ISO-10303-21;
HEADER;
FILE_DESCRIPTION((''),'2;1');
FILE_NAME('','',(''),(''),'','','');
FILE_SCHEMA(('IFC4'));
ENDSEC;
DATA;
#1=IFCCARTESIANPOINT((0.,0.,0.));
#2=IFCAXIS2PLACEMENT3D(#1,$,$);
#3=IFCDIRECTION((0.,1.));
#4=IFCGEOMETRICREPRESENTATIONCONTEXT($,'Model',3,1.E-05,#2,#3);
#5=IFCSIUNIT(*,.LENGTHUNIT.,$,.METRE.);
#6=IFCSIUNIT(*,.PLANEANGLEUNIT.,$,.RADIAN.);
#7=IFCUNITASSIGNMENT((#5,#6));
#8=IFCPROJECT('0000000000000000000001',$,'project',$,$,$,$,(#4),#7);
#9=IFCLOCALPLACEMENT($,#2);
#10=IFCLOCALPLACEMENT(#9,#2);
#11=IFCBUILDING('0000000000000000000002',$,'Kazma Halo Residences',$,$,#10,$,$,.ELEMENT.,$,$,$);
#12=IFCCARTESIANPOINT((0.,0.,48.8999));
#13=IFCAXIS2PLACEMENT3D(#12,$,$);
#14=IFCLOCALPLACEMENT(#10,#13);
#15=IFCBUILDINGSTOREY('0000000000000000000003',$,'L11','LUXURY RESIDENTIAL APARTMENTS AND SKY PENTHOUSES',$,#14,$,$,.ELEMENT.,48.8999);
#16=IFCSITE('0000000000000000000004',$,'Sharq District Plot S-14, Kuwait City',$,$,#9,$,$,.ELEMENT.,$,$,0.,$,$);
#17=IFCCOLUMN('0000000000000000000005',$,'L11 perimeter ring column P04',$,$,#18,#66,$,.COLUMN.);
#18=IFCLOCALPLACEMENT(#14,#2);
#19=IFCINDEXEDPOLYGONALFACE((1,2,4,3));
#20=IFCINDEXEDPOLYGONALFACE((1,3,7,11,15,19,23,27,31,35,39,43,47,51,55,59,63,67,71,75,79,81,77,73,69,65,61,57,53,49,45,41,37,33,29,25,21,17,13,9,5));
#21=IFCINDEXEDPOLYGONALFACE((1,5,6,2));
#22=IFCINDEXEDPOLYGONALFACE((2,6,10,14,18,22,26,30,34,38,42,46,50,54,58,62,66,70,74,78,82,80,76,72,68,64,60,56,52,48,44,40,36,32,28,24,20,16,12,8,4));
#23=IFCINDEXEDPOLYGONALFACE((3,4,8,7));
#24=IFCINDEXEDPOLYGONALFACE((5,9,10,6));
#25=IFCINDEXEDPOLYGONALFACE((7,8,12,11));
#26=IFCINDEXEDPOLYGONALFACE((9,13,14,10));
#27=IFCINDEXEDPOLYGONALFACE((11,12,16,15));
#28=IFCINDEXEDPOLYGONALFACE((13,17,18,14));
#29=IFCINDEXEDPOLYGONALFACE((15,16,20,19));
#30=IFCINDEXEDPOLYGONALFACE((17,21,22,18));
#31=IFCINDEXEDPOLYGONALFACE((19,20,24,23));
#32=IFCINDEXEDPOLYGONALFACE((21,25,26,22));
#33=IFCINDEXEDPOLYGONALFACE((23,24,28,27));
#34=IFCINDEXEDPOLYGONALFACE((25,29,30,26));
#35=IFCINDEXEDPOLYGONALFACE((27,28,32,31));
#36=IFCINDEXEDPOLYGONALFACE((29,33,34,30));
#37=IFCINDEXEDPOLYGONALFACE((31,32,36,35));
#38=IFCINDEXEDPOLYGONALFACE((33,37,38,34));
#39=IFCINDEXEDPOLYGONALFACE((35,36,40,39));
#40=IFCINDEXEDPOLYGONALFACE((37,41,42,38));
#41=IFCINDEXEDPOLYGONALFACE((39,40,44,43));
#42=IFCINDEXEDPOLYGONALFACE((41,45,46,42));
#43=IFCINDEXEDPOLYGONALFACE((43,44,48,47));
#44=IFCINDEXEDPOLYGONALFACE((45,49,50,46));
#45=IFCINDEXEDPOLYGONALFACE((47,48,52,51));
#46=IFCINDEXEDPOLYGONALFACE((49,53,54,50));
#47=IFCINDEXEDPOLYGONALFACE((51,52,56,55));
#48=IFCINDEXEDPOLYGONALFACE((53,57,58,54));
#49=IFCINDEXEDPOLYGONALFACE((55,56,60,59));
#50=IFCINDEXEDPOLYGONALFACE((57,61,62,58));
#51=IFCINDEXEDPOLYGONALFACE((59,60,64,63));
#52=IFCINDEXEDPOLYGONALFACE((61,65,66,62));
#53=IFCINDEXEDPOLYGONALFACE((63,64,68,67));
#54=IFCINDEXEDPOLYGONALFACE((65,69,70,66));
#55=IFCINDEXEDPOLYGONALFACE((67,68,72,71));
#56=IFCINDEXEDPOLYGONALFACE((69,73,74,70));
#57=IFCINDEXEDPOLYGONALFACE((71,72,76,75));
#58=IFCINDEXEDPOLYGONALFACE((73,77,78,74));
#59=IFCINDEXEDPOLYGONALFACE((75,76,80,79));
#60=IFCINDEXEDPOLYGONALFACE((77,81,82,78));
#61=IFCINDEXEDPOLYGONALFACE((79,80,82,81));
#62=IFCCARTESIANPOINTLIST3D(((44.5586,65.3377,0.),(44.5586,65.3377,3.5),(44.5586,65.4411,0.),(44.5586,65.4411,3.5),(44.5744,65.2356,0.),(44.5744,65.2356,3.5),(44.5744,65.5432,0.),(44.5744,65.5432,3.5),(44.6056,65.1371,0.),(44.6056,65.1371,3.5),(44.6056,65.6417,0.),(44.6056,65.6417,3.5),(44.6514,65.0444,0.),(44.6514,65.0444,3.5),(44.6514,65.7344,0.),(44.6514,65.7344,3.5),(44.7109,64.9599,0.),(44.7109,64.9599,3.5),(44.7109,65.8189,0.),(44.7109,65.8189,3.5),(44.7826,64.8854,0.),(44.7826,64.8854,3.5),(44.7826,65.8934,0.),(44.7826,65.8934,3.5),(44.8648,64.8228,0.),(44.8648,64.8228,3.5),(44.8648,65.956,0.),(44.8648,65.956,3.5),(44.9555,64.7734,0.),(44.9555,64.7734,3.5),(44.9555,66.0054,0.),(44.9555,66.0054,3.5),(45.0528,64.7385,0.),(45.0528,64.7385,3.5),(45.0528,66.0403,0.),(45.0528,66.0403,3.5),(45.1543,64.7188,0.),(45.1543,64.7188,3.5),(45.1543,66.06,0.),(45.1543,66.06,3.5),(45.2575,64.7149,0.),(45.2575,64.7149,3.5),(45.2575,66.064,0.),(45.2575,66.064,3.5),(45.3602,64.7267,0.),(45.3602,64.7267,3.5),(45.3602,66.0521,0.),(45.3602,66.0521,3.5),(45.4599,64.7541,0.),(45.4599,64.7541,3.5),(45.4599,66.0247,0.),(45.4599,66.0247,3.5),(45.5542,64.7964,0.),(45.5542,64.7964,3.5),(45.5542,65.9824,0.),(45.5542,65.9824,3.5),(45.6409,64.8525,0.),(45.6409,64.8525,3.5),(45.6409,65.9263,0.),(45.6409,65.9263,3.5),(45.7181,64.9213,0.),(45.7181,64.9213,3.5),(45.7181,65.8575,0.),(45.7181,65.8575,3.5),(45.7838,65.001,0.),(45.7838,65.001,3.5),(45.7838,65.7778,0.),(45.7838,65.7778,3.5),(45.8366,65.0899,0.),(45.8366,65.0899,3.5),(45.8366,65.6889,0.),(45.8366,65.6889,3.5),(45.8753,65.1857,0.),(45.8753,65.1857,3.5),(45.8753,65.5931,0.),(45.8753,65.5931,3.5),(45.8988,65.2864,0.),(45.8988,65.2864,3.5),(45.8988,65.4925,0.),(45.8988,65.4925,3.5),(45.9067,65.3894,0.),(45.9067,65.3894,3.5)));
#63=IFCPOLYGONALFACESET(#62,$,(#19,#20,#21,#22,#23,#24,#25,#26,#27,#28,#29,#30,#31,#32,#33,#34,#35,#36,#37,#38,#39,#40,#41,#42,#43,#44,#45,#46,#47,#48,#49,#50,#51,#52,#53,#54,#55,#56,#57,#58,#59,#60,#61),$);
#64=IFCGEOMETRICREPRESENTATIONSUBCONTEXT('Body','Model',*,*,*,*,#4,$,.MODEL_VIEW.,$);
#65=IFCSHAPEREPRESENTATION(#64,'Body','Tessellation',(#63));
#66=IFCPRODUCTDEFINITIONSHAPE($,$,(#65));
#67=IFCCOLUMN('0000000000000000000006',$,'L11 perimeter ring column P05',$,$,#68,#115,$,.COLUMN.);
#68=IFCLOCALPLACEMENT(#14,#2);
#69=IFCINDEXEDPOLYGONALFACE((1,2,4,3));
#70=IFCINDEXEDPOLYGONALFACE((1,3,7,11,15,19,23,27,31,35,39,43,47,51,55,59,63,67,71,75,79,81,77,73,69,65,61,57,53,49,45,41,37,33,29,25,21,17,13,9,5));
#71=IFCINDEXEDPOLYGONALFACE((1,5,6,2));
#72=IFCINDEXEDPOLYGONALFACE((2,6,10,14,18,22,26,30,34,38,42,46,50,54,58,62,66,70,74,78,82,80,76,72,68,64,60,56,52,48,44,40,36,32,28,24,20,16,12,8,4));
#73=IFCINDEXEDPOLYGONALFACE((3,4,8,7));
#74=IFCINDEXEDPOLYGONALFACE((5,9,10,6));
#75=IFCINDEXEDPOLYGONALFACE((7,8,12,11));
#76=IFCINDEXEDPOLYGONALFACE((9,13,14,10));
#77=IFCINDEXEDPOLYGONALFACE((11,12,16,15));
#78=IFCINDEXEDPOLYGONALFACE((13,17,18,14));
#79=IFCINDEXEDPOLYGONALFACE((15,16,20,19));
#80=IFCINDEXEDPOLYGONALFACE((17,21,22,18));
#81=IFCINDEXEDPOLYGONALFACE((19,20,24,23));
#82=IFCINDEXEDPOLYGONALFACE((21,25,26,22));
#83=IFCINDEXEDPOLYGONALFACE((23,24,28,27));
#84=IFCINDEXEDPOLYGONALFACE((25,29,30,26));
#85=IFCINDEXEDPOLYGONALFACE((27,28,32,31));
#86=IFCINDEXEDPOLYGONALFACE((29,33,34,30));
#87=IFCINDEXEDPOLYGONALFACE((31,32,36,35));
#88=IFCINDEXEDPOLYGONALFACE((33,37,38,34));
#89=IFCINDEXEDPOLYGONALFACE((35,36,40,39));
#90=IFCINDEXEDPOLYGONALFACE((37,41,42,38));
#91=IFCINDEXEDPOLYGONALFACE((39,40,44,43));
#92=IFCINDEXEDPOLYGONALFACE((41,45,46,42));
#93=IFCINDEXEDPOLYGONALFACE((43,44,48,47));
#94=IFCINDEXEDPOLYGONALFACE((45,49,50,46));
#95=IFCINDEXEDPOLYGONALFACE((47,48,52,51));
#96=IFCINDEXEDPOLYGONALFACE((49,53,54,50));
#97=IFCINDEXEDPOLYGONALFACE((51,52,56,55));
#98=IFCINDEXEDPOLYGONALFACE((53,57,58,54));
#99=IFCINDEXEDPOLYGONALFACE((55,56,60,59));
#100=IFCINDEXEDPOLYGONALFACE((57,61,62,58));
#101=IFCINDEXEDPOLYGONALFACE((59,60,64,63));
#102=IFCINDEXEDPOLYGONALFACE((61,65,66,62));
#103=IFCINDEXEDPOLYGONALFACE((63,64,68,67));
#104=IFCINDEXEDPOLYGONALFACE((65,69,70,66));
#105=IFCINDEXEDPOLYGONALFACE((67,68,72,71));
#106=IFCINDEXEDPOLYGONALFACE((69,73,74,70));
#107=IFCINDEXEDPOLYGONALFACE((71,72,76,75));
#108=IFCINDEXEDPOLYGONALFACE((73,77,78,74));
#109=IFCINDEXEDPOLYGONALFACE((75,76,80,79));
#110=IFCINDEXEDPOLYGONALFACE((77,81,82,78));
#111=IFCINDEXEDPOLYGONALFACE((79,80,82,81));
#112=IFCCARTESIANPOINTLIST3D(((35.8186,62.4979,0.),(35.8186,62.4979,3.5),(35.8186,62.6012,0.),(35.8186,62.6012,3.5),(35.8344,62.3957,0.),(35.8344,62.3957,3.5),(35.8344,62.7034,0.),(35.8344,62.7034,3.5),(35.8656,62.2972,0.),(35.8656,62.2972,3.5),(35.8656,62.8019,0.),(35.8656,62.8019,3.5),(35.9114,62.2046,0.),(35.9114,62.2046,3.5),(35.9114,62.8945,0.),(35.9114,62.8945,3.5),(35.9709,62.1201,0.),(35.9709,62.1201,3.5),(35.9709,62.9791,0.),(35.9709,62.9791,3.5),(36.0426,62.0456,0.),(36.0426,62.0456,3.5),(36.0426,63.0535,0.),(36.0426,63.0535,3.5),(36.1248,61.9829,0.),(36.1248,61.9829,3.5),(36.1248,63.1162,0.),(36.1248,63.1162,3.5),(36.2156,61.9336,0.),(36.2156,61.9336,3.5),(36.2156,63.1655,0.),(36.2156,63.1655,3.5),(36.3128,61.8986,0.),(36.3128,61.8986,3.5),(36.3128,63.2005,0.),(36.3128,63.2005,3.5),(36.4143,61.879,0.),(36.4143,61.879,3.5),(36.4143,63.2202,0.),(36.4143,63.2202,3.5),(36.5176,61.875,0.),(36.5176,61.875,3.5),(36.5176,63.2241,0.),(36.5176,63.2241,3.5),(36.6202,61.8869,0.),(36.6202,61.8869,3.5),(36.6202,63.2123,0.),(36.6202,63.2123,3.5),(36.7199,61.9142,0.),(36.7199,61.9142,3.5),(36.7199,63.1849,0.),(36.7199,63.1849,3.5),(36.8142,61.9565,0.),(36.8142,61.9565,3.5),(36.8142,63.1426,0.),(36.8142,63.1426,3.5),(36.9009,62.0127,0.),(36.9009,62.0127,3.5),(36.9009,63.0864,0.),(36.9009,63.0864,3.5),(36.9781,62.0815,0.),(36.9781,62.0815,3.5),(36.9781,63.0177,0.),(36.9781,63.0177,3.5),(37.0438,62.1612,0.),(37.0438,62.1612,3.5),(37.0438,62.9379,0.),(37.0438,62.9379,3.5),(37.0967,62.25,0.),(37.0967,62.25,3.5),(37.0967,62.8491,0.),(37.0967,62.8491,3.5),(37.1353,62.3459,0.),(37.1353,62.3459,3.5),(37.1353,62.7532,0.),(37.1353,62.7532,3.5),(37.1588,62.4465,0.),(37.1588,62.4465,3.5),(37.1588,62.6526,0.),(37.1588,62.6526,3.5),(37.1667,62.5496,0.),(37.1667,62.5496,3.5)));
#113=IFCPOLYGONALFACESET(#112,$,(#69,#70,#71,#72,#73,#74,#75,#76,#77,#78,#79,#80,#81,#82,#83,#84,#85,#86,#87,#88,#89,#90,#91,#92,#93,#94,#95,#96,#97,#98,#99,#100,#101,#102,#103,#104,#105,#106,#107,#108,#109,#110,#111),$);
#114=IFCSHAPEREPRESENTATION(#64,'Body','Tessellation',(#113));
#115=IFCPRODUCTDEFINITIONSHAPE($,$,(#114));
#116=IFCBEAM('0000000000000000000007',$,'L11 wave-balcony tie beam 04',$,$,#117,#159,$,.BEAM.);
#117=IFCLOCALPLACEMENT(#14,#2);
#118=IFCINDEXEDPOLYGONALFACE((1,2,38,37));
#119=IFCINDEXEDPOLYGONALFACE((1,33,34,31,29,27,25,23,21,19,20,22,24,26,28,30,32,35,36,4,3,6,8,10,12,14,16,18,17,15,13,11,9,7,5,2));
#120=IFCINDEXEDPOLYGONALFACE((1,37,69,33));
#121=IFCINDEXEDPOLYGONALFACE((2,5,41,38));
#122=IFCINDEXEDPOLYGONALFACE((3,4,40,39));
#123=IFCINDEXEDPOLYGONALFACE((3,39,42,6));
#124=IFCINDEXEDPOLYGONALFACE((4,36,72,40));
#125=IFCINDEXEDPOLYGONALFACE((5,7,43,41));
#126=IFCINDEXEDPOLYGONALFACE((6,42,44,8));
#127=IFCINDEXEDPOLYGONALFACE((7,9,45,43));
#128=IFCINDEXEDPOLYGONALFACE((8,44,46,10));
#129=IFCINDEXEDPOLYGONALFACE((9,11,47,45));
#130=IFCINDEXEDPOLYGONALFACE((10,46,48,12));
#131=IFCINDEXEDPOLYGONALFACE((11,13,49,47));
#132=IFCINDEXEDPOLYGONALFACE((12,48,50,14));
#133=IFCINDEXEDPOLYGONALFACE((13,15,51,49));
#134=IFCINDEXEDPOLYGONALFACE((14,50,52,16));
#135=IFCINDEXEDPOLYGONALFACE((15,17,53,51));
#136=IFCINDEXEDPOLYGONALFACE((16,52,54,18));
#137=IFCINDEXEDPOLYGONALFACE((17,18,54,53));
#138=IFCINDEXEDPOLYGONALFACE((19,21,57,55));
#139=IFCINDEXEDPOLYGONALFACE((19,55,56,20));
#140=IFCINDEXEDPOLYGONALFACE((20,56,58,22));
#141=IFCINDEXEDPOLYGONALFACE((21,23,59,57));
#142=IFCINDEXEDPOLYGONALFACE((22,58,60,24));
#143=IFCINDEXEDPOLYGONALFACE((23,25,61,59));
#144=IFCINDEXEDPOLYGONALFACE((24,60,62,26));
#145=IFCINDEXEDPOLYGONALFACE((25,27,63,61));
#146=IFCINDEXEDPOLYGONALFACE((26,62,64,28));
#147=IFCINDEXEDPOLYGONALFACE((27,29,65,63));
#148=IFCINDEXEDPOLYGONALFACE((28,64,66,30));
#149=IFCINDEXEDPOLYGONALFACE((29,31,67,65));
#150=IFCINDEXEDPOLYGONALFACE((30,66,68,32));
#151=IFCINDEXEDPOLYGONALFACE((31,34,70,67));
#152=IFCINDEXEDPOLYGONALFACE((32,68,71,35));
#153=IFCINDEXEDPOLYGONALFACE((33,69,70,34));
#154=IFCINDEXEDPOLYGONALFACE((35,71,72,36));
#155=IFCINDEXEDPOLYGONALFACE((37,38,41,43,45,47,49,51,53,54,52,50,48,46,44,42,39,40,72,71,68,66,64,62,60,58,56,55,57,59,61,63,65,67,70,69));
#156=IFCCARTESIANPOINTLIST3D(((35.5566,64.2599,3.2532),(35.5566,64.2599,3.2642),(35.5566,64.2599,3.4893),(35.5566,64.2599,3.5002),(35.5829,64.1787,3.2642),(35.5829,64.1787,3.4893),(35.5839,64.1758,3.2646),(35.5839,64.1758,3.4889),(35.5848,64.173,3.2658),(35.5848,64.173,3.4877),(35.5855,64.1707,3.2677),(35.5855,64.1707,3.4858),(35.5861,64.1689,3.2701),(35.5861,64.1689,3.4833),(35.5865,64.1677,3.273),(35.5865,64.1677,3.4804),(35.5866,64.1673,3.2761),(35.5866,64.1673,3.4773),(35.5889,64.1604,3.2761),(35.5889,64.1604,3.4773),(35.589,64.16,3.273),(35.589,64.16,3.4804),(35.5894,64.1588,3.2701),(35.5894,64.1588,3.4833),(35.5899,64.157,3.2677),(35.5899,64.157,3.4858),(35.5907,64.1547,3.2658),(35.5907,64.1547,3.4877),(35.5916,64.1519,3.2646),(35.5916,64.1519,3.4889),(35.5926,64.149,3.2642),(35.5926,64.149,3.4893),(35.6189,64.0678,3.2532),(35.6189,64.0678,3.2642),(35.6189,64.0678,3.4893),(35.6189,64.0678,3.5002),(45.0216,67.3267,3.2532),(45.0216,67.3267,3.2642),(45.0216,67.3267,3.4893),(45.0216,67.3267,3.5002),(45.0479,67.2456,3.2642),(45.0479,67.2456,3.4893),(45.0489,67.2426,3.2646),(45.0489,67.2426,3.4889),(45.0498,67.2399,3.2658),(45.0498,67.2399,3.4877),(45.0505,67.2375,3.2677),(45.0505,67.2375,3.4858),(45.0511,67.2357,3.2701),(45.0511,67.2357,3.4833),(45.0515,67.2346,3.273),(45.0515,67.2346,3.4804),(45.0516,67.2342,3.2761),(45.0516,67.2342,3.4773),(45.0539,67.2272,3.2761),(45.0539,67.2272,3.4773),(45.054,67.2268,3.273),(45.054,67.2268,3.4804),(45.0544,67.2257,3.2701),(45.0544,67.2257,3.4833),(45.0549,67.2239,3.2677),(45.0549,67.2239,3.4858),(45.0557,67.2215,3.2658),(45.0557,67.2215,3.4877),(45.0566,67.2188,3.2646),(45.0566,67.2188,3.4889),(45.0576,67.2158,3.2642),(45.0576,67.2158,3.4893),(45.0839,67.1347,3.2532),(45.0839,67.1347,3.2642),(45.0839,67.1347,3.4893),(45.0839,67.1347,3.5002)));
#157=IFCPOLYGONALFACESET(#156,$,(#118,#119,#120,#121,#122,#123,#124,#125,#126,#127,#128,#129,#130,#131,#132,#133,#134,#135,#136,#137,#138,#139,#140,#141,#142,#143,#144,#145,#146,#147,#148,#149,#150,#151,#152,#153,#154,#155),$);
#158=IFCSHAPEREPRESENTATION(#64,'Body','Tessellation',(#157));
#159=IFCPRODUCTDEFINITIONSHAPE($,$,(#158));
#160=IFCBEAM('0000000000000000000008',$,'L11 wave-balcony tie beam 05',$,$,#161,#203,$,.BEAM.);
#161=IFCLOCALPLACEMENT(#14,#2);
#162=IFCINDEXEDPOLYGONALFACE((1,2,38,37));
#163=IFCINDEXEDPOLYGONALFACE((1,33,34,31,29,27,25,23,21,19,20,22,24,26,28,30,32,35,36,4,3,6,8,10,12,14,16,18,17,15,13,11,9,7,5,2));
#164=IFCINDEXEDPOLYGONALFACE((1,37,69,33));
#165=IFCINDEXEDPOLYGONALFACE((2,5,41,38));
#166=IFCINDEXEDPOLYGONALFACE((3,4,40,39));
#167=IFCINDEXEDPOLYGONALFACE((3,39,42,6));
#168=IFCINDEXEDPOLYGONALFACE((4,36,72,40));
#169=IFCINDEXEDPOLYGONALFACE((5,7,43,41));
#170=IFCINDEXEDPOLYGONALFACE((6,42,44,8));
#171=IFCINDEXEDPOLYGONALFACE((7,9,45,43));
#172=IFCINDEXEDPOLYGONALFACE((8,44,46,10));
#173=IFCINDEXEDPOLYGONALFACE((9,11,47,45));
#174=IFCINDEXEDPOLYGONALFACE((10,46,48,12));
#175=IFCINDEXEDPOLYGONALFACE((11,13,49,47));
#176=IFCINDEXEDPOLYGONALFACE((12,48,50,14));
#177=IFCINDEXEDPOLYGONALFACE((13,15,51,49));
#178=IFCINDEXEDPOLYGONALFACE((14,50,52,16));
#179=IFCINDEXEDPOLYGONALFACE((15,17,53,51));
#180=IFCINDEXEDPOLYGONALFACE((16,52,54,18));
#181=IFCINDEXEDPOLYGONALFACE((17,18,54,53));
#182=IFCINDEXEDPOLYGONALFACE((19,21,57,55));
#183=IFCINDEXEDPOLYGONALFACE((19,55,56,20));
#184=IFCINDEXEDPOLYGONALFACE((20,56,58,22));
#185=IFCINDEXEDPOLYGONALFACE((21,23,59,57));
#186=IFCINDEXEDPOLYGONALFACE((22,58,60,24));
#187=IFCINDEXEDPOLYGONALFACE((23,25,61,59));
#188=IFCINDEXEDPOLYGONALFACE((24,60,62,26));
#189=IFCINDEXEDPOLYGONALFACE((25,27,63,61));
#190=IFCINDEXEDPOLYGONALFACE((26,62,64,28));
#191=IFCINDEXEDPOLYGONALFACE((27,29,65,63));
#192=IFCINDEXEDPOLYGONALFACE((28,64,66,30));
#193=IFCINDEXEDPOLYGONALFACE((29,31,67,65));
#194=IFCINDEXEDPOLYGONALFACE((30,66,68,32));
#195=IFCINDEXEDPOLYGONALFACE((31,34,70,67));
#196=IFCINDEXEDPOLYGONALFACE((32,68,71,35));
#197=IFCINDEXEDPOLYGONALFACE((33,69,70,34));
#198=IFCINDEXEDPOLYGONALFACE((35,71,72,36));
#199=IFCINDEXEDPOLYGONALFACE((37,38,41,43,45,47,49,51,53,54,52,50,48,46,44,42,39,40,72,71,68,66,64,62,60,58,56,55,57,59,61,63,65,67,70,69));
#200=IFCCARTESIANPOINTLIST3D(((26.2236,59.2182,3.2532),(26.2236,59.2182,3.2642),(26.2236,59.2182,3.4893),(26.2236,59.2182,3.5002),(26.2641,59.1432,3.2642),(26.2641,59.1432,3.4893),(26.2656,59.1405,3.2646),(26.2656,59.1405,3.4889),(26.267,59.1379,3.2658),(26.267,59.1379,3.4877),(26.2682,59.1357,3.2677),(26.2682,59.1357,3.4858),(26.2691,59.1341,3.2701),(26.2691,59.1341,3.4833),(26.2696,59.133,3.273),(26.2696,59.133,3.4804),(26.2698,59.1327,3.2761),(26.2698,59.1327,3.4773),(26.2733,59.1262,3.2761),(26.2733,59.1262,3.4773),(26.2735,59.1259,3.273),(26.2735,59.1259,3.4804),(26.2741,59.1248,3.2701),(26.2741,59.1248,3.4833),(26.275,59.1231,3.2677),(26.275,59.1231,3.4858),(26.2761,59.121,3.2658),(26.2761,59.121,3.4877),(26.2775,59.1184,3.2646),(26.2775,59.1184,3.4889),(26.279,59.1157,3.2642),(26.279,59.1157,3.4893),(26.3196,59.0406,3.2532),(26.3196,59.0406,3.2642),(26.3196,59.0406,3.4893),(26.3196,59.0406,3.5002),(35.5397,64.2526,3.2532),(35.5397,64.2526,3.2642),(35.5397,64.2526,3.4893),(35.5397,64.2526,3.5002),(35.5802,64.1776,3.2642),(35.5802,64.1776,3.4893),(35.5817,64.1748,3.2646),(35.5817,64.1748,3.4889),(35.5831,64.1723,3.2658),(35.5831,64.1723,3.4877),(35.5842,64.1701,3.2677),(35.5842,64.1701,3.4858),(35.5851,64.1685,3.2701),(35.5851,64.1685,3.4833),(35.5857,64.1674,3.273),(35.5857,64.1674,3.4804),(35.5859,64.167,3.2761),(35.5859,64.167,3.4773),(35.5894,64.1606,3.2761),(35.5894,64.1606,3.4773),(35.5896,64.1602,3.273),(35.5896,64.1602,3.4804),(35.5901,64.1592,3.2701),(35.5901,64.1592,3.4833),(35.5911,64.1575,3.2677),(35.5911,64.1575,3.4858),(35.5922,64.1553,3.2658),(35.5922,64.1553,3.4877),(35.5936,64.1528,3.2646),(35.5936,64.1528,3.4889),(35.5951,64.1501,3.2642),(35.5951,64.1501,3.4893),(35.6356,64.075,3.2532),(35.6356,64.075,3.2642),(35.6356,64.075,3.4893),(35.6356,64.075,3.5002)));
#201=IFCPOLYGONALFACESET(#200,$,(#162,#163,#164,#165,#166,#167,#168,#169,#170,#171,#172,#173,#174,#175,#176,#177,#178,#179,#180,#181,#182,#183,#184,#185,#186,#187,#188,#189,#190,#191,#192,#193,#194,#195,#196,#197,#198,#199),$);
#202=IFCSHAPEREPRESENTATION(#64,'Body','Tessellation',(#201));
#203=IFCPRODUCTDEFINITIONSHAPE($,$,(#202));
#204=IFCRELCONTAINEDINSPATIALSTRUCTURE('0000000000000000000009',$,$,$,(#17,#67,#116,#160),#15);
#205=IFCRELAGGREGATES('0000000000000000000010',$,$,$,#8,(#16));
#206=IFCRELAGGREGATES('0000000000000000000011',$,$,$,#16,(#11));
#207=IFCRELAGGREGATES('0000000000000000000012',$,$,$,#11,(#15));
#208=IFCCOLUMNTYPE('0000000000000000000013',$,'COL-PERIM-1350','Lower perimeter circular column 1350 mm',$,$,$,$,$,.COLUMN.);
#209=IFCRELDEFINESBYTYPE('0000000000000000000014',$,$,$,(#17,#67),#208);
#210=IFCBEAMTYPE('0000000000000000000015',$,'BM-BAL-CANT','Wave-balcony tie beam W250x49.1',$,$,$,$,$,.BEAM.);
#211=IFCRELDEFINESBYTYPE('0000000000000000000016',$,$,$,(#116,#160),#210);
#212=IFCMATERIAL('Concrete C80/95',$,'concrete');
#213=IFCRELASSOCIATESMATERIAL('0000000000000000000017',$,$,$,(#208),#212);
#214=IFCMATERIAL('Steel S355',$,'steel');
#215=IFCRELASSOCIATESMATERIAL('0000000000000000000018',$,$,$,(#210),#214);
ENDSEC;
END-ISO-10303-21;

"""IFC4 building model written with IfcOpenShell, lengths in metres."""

from ifc_helpers import new_model, si_unit, direction, frame, origin, origin_2d, place, context, subcontext, project, spatial, circle, i_section, extrude, material, material_profile, profile_set, type_object, element, save


model = new_model("IFC4")

# Units and contexts
model_context = context("Model", 3, precision=1e-05, world=origin(), true_north=direction((0.0, 1.0)))
body_context = subcontext(model_context, "Body", "Model", "MODEL_VIEW")
ifc_project = project(units=[si_unit("LENGTHUNIT", "METRE"), si_unit("PLANEANGLEUNIT", "RADIAN")], contexts=[model_context])

# Site, building, storey
site_placement = place(None, origin())
site = spatial("IfcSite", under=ifc_project, at=site_placement, Name="Sharq District Plot S-14, Kuwait City", CompositionType="ELEMENT", RefElevation=0.0)
building_placement = place(site_placement, origin())
building = spatial("IfcBuilding", under=site, at=building_placement, Name="Kazma Halo Residences", CompositionType="ELEMENT")
storey_placement = place(building_placement, frame((0.0, 0.0, 48.8999)))
storey = spatial("IfcBuildingStorey", under=building, at=storey_placement, Name="L11", Description="LUXURY RESIDENTIAL APARTMENTS AND SKY PENTHOUSES", CompositionType="ELEMENT", Elevation=48.8999)

# Columns
ifc_material_1 = material(Name="Concrete C80/95", Category="concrete")
ifc_material_profile_1 = material_profile(ifc_material_1, circle(Radius=0.675, at=origin_2d()), Name="CIRC1350")
ifc_profile_set_1 = profile_set([ifc_material_profile_1], Name="Concrete C80/95")
column_type = type_object("IfcColumnType", Name="COL-PERIM-1350", Description="Lower perimeter circular column 1350 mm", PredefinedType="COLUMN", material=ifc_profile_set_1)
for number, where, z_axis, x_axis, name in (
    (1, (45.2317, 65.3894, 0.0), (0.0, 0.0, 1.0), (1.0, 0.0, 0.0), "L11 perimeter ring column P04"),
    (2, (36.4917, 62.5496, 0.0), (0.0, 0.0, 1.0), (1.0, 0.0, 0.0), "L11 perimeter ring column P05"),
):
    element("IfcColumn", number, at=place(storey_placement, frame(where, z_axis=z_axis, x_axis=x_axis)), inside=storey, type_object=column_type, Name=name, PredefinedType="COLUMN", context=body_context, shape_type="SweptSolid", body=[
        extrude(circle(Radius=0.675, at=origin_2d()), origin(), (0.0, 0.0, 1.0), 3.5),
    ])

# Beams
ifc_material_2 = material(Name="Steel S355", Category="steel")
ifc_material_profile_2 = material_profile(ifc_material_2, i_section(OverallWidth=0.2019, OverallDepth=0.2471, WebThickness=0.0073, FlangeThickness=0.011, FilletRadius=0.012, at=origin_2d()), Name="W250x49.1")
ifc_profile_set_2 = profile_set([ifc_material_profile_2], Name="Steel S355")
beam_type_1 = type_object("IfcBeamType", Name="BM-BAL-CANT", Description="Wave-balcony tie beam W250x49.1", PredefinedType="BEAM", material=ifc_profile_set_2)
beam_1_placement = place(storey_placement, frame((45.0527, 67.2307, 3.3767), z_axis=(-0.951307, -0.308244, 0.0), x_axis=(0.308244, -0.951307, 0.0)))
element("IfcBeam", 3, at=beam_1_placement, inside=storey, type_object=beam_type_1, Name="L11 wave-balcony tie beam 04", PredefinedType="BEAM", context=body_context, shape_type="SweptSolid", body=[
    extrude(i_section(OverallWidth=0.2019, OverallDepth=0.2471, WebThickness=0.0073, FlangeThickness=0.011, FilletRadius=0.012, at=origin_2d()), origin(), (0.0, 0.0, 1.0), 9.9495),
])
beam_2_placement = place(storey_placement, frame((35.5876, 64.1638, 3.3767), z_axis=(-0.879759, -0.475419, 0.0), x_axis=(0.475419, -0.879759, 0.0)))
element("IfcBeam", 4, at=beam_2_placement, inside=storey, type_object=beam_type_1, Name="L11 wave-balcony tie beam 05", PredefinedType="BEAM", context=body_context, shape_type="SweptSolid", body=[
    extrude(i_section(OverallWidth=0.2019, OverallDepth=0.2471, WebThickness=0.0073, FlangeThickness=0.011, FilletRadius=0.012, at=origin_2d()), origin(), (0.0, 0.0, 1.0), 10.5894),
])

save(model, "model.ifc")
